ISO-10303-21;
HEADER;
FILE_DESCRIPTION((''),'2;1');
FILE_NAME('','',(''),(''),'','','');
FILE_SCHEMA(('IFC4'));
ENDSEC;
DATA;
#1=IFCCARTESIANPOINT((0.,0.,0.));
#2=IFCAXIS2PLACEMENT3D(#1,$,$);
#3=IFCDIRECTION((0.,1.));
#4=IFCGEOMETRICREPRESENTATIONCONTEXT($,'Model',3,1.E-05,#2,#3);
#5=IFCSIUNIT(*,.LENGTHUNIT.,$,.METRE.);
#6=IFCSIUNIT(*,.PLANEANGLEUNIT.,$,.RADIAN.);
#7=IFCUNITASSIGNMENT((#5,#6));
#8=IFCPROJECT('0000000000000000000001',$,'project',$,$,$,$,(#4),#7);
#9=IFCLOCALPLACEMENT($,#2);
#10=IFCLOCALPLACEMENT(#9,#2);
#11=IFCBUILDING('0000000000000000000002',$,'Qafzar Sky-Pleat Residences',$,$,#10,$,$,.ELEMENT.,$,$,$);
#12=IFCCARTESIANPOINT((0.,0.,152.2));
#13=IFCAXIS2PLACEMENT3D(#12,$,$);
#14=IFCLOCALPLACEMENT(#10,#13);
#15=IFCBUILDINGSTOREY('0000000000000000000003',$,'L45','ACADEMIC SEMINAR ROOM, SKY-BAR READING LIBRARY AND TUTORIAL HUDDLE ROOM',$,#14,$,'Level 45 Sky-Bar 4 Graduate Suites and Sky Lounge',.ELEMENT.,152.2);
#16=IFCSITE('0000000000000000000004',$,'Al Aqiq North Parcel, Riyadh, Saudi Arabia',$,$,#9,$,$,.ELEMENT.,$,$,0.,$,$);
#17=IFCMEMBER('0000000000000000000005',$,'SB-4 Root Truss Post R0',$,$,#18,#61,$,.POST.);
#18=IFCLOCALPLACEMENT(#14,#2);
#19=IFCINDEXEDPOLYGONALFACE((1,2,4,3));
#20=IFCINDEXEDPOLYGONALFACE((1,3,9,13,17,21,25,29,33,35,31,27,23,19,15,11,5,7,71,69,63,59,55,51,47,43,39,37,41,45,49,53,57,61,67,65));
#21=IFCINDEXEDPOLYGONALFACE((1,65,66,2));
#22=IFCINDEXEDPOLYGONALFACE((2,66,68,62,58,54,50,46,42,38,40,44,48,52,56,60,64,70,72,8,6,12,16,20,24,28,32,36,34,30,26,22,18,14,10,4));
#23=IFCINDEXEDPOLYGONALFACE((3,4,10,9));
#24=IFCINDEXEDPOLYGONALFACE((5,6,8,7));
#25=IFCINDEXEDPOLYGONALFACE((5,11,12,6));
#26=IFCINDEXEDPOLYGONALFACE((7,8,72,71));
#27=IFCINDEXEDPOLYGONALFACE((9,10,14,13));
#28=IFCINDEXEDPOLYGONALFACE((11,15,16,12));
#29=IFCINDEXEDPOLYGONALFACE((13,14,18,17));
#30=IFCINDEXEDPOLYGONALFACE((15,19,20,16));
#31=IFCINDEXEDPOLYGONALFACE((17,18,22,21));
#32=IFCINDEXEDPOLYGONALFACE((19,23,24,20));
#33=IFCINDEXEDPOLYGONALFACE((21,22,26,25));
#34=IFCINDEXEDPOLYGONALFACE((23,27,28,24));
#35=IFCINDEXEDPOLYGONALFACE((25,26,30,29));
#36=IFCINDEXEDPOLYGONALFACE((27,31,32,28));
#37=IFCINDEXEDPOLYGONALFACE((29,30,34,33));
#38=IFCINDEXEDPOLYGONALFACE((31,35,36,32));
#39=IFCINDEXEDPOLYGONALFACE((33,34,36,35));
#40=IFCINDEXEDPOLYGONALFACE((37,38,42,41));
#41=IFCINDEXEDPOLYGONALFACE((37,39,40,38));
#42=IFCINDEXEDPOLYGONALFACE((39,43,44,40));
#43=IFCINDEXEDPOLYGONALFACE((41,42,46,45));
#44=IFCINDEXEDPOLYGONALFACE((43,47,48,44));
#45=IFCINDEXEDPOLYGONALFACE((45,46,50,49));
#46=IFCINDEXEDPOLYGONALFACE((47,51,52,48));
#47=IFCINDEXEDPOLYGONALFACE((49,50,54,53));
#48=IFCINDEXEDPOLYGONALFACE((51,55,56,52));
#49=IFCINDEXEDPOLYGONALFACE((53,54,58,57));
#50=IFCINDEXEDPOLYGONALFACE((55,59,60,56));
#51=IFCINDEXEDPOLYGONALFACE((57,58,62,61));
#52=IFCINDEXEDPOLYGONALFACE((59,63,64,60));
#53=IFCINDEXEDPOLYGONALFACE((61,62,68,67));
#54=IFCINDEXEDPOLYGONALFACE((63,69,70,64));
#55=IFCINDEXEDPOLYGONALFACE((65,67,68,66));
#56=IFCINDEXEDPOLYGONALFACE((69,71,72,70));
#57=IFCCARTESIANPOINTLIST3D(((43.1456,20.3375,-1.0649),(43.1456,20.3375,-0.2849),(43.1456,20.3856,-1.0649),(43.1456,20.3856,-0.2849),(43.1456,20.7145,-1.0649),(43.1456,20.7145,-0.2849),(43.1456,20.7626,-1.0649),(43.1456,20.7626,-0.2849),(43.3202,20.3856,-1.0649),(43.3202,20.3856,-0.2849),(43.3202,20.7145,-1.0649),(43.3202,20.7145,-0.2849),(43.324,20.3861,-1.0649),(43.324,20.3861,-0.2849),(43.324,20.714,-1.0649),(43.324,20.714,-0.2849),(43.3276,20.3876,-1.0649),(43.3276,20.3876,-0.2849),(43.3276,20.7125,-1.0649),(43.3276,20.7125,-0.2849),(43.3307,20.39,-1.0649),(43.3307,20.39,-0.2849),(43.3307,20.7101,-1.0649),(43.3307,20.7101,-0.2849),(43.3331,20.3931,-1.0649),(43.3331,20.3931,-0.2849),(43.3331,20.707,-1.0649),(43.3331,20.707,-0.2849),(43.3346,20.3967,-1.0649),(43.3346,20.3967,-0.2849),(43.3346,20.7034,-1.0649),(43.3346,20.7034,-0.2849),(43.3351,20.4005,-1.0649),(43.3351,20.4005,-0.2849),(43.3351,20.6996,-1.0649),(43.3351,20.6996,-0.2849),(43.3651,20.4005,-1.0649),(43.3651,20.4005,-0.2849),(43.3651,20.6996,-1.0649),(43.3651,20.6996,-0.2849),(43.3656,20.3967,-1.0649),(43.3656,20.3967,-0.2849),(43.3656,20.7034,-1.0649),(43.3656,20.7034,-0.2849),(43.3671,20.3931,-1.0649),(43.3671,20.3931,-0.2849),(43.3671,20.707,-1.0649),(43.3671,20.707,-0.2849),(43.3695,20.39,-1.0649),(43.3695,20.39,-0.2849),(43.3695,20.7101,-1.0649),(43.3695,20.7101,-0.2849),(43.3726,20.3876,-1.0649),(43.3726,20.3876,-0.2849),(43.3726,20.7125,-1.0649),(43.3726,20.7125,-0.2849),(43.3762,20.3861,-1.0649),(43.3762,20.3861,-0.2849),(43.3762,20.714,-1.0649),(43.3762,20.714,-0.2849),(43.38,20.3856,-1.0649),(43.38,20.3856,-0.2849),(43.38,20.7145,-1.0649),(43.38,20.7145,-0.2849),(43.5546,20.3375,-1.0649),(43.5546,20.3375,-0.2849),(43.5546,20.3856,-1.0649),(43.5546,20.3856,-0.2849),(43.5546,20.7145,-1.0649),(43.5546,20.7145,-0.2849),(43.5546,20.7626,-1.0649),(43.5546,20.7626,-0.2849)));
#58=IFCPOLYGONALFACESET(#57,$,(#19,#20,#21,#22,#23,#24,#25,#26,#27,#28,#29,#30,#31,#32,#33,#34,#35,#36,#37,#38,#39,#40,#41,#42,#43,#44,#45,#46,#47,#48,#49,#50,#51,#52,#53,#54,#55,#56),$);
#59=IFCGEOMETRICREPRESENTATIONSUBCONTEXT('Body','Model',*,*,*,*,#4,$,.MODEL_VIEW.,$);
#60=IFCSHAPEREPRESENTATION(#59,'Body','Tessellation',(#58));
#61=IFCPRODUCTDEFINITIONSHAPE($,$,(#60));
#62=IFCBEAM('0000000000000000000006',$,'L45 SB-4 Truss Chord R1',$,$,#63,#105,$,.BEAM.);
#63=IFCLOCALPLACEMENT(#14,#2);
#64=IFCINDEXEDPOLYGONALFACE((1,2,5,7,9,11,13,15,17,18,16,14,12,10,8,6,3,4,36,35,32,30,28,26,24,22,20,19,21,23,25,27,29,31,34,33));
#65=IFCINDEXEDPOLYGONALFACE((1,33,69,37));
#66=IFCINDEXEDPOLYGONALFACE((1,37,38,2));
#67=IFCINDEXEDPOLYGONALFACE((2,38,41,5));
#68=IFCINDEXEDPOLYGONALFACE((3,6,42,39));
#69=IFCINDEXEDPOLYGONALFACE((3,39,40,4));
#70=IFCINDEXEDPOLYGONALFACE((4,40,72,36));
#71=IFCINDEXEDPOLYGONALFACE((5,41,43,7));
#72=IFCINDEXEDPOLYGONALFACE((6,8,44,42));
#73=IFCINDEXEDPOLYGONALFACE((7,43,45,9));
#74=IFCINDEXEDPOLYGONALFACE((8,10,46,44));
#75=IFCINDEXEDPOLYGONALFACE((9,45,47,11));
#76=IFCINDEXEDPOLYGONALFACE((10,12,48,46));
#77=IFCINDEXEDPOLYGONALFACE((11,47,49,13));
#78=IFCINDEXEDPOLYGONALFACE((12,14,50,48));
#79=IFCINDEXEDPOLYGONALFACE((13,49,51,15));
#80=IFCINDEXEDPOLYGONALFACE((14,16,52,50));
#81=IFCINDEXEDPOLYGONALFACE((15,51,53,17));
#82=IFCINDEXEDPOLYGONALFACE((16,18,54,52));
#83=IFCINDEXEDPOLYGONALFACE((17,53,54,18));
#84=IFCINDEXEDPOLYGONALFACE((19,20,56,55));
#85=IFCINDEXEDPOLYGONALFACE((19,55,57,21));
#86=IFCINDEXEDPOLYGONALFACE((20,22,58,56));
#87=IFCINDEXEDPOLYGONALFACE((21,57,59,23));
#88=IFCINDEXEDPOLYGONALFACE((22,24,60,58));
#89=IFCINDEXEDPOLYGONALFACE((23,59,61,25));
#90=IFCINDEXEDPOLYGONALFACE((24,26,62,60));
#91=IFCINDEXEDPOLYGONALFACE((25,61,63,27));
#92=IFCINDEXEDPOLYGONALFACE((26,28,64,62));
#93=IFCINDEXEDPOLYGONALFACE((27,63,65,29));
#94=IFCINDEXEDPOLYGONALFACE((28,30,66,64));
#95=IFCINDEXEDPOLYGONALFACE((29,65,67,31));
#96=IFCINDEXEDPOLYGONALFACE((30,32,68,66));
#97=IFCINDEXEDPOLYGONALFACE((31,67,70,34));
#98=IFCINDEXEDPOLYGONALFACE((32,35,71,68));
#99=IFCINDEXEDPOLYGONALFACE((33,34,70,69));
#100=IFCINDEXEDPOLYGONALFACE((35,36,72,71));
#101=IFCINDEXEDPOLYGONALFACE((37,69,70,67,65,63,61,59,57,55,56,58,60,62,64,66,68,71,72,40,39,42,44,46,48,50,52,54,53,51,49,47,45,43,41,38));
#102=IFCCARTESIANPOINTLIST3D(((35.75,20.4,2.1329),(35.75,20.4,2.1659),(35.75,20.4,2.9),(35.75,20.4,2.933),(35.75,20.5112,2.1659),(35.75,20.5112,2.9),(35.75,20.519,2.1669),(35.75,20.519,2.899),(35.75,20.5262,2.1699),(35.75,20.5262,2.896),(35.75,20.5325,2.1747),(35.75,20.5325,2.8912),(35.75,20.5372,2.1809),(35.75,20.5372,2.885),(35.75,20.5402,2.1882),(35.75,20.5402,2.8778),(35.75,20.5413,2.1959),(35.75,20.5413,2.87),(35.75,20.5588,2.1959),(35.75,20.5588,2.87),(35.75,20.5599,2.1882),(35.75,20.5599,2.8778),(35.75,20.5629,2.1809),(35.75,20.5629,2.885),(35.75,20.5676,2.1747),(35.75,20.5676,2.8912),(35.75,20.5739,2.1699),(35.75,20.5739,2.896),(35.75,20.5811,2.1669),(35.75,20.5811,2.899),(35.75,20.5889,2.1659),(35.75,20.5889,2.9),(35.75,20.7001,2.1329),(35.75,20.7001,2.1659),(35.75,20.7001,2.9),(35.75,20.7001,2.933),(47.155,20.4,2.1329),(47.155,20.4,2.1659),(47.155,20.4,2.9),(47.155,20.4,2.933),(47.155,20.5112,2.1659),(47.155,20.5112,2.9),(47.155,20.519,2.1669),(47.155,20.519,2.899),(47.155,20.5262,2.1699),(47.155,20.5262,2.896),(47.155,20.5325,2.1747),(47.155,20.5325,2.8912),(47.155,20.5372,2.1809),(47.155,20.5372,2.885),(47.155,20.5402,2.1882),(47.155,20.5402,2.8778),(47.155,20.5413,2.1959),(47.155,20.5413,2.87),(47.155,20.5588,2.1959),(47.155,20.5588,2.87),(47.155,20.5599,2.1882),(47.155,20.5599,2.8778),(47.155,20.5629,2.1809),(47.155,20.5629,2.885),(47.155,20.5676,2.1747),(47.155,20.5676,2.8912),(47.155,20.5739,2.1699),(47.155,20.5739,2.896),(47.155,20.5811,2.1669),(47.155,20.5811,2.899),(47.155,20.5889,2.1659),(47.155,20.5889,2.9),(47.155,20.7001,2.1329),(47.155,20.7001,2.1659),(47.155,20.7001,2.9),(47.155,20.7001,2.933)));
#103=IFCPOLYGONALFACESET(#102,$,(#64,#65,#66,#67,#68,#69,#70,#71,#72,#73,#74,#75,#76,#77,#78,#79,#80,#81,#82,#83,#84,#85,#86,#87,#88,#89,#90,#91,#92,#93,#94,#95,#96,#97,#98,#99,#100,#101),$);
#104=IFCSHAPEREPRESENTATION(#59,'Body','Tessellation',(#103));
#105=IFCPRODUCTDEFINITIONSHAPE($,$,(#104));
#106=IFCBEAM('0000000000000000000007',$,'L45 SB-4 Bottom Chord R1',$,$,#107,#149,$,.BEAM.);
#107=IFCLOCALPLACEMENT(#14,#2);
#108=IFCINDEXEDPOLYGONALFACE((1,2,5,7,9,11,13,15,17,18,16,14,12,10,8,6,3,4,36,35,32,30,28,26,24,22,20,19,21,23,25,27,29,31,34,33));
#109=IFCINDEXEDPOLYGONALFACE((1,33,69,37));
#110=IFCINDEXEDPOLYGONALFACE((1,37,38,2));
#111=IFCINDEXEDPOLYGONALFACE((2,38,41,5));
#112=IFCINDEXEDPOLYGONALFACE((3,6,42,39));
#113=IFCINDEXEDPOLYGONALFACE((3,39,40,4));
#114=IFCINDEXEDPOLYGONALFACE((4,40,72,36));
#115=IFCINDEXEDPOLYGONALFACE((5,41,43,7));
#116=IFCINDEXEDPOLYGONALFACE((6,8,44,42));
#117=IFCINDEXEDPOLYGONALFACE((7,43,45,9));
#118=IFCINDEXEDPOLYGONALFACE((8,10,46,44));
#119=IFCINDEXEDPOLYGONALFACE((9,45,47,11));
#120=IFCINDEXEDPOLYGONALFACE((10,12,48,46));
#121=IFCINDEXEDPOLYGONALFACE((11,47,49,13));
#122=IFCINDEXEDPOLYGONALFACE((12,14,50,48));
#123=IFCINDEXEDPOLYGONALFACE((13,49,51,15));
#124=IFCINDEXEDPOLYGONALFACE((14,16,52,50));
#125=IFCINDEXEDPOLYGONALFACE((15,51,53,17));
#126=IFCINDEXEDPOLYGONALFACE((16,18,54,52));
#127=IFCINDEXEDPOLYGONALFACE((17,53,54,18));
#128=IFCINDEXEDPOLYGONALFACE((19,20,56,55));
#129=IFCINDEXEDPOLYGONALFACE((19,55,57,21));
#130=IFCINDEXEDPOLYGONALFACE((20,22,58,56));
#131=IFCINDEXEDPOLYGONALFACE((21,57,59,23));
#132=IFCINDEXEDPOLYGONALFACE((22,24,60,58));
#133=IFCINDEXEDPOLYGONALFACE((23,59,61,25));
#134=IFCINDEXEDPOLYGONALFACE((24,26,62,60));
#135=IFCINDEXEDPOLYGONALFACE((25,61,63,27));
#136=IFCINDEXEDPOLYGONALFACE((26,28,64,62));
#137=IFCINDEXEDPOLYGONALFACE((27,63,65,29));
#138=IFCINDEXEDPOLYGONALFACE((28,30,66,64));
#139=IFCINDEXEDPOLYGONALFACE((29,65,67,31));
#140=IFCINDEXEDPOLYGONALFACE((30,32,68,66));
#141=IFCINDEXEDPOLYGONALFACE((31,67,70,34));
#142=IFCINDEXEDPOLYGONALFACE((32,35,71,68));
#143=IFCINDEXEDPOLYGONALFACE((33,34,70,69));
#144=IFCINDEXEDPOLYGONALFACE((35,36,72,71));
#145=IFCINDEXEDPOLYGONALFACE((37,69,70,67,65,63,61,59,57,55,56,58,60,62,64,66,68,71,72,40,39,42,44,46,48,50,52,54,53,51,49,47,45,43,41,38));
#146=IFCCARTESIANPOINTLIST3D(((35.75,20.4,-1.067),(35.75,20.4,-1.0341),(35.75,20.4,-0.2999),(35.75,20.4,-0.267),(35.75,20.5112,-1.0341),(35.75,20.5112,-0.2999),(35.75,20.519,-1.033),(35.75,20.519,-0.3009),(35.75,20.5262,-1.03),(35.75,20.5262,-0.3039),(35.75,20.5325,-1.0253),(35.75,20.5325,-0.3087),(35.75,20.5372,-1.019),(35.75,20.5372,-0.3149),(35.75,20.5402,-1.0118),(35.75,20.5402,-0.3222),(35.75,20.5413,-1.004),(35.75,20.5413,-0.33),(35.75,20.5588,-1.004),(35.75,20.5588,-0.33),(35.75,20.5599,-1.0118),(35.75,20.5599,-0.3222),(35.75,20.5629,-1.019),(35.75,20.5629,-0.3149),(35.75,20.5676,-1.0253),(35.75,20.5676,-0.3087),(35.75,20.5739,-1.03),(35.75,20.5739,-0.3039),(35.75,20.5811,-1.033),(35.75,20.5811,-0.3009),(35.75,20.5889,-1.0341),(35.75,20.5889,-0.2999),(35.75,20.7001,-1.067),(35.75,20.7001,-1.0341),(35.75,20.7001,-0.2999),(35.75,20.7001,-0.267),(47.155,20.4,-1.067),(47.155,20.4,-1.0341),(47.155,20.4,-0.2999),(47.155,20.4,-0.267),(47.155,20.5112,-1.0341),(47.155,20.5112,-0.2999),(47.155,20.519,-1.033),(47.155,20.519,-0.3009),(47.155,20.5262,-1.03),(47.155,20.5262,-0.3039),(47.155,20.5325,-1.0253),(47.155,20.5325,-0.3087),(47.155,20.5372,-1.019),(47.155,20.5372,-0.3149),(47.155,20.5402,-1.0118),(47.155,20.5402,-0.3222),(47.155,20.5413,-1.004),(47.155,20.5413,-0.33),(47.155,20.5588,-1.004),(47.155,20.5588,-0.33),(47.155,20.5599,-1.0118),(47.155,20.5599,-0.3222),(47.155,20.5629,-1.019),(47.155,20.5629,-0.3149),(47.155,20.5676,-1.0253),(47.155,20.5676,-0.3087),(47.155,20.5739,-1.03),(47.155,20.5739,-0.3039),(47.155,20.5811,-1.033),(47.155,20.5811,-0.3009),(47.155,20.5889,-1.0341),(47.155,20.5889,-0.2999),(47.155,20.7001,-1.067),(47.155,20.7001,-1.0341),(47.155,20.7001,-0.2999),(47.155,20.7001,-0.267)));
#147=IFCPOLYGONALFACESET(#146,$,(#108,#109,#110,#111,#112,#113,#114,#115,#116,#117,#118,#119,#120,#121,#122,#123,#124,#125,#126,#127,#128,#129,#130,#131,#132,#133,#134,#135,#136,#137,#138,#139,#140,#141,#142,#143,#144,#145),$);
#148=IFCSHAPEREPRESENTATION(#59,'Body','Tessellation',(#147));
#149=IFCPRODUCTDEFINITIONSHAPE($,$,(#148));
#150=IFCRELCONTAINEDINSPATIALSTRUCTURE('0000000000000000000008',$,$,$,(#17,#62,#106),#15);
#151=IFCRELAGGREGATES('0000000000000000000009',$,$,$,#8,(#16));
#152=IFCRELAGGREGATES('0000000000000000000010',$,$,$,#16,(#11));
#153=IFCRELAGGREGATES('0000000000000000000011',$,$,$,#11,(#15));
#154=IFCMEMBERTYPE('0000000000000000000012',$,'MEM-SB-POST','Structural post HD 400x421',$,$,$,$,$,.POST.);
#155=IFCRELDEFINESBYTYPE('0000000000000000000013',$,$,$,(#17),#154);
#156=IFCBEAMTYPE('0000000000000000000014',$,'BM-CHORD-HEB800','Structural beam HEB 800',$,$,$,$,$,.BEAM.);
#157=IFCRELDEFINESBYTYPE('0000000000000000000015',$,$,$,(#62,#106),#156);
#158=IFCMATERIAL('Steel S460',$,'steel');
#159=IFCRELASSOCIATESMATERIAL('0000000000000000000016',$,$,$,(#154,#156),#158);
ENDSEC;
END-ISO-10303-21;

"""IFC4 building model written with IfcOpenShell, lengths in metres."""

from ifc_helpers import new_model, si_unit, direction, frame, origin, origin_2d, place, context, subcontext, project, spatial, i_section, extrude, source, transform, mapped, material, material_profile, profile_set, type_object, element, save


model = new_model("IFC4")

# Units and contexts
model_context = context("Model", 3, precision=1e-05, world=origin(), true_north=direction((0.0, 1.0)))
body_context = subcontext(model_context, "Body", "Model", "MODEL_VIEW")
ifc_project = project(units=[si_unit("LENGTHUNIT", "METRE"), si_unit("PLANEANGLEUNIT", "RADIAN")], contexts=[model_context])

# Site, building, storey
site_placement = place(None, origin())
site = spatial("IfcSite", under=ifc_project, at=site_placement, Name="Al Aqiq North Parcel, Riyadh, Saudi Arabia", CompositionType="ELEMENT", RefElevation=0.0)
building_placement = place(site_placement, origin())
building = spatial("IfcBuilding", under=site, at=building_placement, Name="Qafzar Sky-Pleat Residences", CompositionType="ELEMENT")
storey_placement = place(building_placement, frame((0.0, 0.0, 152.2)))
storey = spatial("IfcBuildingStorey", under=building, at=storey_placement, Name="L45", Description="ACADEMIC SEMINAR ROOM, SKY-BAR READING LIBRARY AND TUTORIAL HUDDLE ROOM", LongName="Level 45 Sky-Bar 4 Graduate Suites and Sky Lounge", CompositionType="ELEMENT", Elevation=152.2)

# Member
ifc_material_1 = material(Name="Steel S460", Category="steel")
ifc_material_profile_1 = material_profile(ifc_material_1, i_section(OverallWidth=0.4089, OverallDepth=0.425, WebThickness=0.03, FlangeThickness=0.0481, FilletRadius=0.0149, at=origin_2d()), Name="HD 400x421")
ifc_profile_set_1 = profile_set([ifc_material_profile_1], Name="Steel S460")
member_type_1 = type_object("IfcMemberType", Name="MEM-SB-POST", Description="Structural post HD 400x421", PredefinedType="POST", material=ifc_profile_set_1)
shared_shape_1 = source(origin(), body_context, "Body", "SweptSolid", [
    extrude(i_section(OverallWidth=0.4089, OverallDepth=0.425, WebThickness=0.03, FlangeThickness=0.0481, FilletRadius=0.0149, at=origin_2d()), origin(), (0.0, 0.0, 1.0), 0.78),
])
member_placement = place(storey_placement, frame((43.3501, 20.55, -1.0649), z_axis=(0.0, 0.0, 1.0), x_axis=(1.0, 0.0, 0.0)))
element("IfcMember", 1, at=member_placement, inside=storey, type_object=member_type_1, Name="SB-4 Root Truss Post R0", PredefinedType="POST", context=body_context, shape_type="MappedRepresentation", body=[
    mapped(shared_shape_1, transform((0.0, 0.0, 0.0), x_axis=(1.0, 0.0, 0.0), y_axis=(0.0, 1.0, 0.0), z_axis=(0.0, 0.0, 1.0), scale=1.0)),
])

# Beams
ifc_material_profile_2 = material_profile(ifc_material_1, i_section(OverallWidth=0.3, OverallDepth=0.8, WebThickness=0.0176, FlangeThickness=0.033, FilletRadius=0.03, at=origin_2d()), Name="HEB 800")
ifc_profile_set_2 = profile_set([ifc_material_profile_2], Name="Steel S460")
beam_type = type_object("IfcBeamType", Name="BM-CHORD-HEB800", Description="Structural beam HEB 800", PredefinedType="BEAM", material=ifc_profile_set_2)
shared_shape_2 = source(origin(), body_context, "Body", "SweptSolid", [
    extrude(i_section(OverallWidth=0.3, OverallDepth=0.8, WebThickness=0.0176, FlangeThickness=0.033, FilletRadius=0.03, at=origin_2d()), origin(), (0.0, 0.0, 1.0), 11.405),
])
for number, where, z_axis, x_axis, name in (
    (2, (35.75, 20.55, 2.533), (1.0, 0.0, 0.0), (0.0, 1.0, 0.0), "L45 SB-4 Truss Chord R1"),
    (3, (35.75, 20.55, -0.667), (1.0, 0.0, 0.0), (0.0, 1.0, 0.0), "L45 SB-4 Bottom Chord R1"),
):
    element("IfcBeam", number, at=place(storey_placement, frame(where, z_axis=z_axis, x_axis=x_axis)), inside=storey, type_object=beam_type, Name=name, PredefinedType="BEAM", context=body_context, shape_type="MappedRepresentation", body=[
        mapped(shared_shape_2, transform((0.0, 0.0, 0.0), x_axis=(1.0, 0.0, 0.0), y_axis=(0.0, 1.0, 0.0), z_axis=(0.0, 0.0, 1.0), scale=1.0)),
    ])

save(model, "model.ifc")
